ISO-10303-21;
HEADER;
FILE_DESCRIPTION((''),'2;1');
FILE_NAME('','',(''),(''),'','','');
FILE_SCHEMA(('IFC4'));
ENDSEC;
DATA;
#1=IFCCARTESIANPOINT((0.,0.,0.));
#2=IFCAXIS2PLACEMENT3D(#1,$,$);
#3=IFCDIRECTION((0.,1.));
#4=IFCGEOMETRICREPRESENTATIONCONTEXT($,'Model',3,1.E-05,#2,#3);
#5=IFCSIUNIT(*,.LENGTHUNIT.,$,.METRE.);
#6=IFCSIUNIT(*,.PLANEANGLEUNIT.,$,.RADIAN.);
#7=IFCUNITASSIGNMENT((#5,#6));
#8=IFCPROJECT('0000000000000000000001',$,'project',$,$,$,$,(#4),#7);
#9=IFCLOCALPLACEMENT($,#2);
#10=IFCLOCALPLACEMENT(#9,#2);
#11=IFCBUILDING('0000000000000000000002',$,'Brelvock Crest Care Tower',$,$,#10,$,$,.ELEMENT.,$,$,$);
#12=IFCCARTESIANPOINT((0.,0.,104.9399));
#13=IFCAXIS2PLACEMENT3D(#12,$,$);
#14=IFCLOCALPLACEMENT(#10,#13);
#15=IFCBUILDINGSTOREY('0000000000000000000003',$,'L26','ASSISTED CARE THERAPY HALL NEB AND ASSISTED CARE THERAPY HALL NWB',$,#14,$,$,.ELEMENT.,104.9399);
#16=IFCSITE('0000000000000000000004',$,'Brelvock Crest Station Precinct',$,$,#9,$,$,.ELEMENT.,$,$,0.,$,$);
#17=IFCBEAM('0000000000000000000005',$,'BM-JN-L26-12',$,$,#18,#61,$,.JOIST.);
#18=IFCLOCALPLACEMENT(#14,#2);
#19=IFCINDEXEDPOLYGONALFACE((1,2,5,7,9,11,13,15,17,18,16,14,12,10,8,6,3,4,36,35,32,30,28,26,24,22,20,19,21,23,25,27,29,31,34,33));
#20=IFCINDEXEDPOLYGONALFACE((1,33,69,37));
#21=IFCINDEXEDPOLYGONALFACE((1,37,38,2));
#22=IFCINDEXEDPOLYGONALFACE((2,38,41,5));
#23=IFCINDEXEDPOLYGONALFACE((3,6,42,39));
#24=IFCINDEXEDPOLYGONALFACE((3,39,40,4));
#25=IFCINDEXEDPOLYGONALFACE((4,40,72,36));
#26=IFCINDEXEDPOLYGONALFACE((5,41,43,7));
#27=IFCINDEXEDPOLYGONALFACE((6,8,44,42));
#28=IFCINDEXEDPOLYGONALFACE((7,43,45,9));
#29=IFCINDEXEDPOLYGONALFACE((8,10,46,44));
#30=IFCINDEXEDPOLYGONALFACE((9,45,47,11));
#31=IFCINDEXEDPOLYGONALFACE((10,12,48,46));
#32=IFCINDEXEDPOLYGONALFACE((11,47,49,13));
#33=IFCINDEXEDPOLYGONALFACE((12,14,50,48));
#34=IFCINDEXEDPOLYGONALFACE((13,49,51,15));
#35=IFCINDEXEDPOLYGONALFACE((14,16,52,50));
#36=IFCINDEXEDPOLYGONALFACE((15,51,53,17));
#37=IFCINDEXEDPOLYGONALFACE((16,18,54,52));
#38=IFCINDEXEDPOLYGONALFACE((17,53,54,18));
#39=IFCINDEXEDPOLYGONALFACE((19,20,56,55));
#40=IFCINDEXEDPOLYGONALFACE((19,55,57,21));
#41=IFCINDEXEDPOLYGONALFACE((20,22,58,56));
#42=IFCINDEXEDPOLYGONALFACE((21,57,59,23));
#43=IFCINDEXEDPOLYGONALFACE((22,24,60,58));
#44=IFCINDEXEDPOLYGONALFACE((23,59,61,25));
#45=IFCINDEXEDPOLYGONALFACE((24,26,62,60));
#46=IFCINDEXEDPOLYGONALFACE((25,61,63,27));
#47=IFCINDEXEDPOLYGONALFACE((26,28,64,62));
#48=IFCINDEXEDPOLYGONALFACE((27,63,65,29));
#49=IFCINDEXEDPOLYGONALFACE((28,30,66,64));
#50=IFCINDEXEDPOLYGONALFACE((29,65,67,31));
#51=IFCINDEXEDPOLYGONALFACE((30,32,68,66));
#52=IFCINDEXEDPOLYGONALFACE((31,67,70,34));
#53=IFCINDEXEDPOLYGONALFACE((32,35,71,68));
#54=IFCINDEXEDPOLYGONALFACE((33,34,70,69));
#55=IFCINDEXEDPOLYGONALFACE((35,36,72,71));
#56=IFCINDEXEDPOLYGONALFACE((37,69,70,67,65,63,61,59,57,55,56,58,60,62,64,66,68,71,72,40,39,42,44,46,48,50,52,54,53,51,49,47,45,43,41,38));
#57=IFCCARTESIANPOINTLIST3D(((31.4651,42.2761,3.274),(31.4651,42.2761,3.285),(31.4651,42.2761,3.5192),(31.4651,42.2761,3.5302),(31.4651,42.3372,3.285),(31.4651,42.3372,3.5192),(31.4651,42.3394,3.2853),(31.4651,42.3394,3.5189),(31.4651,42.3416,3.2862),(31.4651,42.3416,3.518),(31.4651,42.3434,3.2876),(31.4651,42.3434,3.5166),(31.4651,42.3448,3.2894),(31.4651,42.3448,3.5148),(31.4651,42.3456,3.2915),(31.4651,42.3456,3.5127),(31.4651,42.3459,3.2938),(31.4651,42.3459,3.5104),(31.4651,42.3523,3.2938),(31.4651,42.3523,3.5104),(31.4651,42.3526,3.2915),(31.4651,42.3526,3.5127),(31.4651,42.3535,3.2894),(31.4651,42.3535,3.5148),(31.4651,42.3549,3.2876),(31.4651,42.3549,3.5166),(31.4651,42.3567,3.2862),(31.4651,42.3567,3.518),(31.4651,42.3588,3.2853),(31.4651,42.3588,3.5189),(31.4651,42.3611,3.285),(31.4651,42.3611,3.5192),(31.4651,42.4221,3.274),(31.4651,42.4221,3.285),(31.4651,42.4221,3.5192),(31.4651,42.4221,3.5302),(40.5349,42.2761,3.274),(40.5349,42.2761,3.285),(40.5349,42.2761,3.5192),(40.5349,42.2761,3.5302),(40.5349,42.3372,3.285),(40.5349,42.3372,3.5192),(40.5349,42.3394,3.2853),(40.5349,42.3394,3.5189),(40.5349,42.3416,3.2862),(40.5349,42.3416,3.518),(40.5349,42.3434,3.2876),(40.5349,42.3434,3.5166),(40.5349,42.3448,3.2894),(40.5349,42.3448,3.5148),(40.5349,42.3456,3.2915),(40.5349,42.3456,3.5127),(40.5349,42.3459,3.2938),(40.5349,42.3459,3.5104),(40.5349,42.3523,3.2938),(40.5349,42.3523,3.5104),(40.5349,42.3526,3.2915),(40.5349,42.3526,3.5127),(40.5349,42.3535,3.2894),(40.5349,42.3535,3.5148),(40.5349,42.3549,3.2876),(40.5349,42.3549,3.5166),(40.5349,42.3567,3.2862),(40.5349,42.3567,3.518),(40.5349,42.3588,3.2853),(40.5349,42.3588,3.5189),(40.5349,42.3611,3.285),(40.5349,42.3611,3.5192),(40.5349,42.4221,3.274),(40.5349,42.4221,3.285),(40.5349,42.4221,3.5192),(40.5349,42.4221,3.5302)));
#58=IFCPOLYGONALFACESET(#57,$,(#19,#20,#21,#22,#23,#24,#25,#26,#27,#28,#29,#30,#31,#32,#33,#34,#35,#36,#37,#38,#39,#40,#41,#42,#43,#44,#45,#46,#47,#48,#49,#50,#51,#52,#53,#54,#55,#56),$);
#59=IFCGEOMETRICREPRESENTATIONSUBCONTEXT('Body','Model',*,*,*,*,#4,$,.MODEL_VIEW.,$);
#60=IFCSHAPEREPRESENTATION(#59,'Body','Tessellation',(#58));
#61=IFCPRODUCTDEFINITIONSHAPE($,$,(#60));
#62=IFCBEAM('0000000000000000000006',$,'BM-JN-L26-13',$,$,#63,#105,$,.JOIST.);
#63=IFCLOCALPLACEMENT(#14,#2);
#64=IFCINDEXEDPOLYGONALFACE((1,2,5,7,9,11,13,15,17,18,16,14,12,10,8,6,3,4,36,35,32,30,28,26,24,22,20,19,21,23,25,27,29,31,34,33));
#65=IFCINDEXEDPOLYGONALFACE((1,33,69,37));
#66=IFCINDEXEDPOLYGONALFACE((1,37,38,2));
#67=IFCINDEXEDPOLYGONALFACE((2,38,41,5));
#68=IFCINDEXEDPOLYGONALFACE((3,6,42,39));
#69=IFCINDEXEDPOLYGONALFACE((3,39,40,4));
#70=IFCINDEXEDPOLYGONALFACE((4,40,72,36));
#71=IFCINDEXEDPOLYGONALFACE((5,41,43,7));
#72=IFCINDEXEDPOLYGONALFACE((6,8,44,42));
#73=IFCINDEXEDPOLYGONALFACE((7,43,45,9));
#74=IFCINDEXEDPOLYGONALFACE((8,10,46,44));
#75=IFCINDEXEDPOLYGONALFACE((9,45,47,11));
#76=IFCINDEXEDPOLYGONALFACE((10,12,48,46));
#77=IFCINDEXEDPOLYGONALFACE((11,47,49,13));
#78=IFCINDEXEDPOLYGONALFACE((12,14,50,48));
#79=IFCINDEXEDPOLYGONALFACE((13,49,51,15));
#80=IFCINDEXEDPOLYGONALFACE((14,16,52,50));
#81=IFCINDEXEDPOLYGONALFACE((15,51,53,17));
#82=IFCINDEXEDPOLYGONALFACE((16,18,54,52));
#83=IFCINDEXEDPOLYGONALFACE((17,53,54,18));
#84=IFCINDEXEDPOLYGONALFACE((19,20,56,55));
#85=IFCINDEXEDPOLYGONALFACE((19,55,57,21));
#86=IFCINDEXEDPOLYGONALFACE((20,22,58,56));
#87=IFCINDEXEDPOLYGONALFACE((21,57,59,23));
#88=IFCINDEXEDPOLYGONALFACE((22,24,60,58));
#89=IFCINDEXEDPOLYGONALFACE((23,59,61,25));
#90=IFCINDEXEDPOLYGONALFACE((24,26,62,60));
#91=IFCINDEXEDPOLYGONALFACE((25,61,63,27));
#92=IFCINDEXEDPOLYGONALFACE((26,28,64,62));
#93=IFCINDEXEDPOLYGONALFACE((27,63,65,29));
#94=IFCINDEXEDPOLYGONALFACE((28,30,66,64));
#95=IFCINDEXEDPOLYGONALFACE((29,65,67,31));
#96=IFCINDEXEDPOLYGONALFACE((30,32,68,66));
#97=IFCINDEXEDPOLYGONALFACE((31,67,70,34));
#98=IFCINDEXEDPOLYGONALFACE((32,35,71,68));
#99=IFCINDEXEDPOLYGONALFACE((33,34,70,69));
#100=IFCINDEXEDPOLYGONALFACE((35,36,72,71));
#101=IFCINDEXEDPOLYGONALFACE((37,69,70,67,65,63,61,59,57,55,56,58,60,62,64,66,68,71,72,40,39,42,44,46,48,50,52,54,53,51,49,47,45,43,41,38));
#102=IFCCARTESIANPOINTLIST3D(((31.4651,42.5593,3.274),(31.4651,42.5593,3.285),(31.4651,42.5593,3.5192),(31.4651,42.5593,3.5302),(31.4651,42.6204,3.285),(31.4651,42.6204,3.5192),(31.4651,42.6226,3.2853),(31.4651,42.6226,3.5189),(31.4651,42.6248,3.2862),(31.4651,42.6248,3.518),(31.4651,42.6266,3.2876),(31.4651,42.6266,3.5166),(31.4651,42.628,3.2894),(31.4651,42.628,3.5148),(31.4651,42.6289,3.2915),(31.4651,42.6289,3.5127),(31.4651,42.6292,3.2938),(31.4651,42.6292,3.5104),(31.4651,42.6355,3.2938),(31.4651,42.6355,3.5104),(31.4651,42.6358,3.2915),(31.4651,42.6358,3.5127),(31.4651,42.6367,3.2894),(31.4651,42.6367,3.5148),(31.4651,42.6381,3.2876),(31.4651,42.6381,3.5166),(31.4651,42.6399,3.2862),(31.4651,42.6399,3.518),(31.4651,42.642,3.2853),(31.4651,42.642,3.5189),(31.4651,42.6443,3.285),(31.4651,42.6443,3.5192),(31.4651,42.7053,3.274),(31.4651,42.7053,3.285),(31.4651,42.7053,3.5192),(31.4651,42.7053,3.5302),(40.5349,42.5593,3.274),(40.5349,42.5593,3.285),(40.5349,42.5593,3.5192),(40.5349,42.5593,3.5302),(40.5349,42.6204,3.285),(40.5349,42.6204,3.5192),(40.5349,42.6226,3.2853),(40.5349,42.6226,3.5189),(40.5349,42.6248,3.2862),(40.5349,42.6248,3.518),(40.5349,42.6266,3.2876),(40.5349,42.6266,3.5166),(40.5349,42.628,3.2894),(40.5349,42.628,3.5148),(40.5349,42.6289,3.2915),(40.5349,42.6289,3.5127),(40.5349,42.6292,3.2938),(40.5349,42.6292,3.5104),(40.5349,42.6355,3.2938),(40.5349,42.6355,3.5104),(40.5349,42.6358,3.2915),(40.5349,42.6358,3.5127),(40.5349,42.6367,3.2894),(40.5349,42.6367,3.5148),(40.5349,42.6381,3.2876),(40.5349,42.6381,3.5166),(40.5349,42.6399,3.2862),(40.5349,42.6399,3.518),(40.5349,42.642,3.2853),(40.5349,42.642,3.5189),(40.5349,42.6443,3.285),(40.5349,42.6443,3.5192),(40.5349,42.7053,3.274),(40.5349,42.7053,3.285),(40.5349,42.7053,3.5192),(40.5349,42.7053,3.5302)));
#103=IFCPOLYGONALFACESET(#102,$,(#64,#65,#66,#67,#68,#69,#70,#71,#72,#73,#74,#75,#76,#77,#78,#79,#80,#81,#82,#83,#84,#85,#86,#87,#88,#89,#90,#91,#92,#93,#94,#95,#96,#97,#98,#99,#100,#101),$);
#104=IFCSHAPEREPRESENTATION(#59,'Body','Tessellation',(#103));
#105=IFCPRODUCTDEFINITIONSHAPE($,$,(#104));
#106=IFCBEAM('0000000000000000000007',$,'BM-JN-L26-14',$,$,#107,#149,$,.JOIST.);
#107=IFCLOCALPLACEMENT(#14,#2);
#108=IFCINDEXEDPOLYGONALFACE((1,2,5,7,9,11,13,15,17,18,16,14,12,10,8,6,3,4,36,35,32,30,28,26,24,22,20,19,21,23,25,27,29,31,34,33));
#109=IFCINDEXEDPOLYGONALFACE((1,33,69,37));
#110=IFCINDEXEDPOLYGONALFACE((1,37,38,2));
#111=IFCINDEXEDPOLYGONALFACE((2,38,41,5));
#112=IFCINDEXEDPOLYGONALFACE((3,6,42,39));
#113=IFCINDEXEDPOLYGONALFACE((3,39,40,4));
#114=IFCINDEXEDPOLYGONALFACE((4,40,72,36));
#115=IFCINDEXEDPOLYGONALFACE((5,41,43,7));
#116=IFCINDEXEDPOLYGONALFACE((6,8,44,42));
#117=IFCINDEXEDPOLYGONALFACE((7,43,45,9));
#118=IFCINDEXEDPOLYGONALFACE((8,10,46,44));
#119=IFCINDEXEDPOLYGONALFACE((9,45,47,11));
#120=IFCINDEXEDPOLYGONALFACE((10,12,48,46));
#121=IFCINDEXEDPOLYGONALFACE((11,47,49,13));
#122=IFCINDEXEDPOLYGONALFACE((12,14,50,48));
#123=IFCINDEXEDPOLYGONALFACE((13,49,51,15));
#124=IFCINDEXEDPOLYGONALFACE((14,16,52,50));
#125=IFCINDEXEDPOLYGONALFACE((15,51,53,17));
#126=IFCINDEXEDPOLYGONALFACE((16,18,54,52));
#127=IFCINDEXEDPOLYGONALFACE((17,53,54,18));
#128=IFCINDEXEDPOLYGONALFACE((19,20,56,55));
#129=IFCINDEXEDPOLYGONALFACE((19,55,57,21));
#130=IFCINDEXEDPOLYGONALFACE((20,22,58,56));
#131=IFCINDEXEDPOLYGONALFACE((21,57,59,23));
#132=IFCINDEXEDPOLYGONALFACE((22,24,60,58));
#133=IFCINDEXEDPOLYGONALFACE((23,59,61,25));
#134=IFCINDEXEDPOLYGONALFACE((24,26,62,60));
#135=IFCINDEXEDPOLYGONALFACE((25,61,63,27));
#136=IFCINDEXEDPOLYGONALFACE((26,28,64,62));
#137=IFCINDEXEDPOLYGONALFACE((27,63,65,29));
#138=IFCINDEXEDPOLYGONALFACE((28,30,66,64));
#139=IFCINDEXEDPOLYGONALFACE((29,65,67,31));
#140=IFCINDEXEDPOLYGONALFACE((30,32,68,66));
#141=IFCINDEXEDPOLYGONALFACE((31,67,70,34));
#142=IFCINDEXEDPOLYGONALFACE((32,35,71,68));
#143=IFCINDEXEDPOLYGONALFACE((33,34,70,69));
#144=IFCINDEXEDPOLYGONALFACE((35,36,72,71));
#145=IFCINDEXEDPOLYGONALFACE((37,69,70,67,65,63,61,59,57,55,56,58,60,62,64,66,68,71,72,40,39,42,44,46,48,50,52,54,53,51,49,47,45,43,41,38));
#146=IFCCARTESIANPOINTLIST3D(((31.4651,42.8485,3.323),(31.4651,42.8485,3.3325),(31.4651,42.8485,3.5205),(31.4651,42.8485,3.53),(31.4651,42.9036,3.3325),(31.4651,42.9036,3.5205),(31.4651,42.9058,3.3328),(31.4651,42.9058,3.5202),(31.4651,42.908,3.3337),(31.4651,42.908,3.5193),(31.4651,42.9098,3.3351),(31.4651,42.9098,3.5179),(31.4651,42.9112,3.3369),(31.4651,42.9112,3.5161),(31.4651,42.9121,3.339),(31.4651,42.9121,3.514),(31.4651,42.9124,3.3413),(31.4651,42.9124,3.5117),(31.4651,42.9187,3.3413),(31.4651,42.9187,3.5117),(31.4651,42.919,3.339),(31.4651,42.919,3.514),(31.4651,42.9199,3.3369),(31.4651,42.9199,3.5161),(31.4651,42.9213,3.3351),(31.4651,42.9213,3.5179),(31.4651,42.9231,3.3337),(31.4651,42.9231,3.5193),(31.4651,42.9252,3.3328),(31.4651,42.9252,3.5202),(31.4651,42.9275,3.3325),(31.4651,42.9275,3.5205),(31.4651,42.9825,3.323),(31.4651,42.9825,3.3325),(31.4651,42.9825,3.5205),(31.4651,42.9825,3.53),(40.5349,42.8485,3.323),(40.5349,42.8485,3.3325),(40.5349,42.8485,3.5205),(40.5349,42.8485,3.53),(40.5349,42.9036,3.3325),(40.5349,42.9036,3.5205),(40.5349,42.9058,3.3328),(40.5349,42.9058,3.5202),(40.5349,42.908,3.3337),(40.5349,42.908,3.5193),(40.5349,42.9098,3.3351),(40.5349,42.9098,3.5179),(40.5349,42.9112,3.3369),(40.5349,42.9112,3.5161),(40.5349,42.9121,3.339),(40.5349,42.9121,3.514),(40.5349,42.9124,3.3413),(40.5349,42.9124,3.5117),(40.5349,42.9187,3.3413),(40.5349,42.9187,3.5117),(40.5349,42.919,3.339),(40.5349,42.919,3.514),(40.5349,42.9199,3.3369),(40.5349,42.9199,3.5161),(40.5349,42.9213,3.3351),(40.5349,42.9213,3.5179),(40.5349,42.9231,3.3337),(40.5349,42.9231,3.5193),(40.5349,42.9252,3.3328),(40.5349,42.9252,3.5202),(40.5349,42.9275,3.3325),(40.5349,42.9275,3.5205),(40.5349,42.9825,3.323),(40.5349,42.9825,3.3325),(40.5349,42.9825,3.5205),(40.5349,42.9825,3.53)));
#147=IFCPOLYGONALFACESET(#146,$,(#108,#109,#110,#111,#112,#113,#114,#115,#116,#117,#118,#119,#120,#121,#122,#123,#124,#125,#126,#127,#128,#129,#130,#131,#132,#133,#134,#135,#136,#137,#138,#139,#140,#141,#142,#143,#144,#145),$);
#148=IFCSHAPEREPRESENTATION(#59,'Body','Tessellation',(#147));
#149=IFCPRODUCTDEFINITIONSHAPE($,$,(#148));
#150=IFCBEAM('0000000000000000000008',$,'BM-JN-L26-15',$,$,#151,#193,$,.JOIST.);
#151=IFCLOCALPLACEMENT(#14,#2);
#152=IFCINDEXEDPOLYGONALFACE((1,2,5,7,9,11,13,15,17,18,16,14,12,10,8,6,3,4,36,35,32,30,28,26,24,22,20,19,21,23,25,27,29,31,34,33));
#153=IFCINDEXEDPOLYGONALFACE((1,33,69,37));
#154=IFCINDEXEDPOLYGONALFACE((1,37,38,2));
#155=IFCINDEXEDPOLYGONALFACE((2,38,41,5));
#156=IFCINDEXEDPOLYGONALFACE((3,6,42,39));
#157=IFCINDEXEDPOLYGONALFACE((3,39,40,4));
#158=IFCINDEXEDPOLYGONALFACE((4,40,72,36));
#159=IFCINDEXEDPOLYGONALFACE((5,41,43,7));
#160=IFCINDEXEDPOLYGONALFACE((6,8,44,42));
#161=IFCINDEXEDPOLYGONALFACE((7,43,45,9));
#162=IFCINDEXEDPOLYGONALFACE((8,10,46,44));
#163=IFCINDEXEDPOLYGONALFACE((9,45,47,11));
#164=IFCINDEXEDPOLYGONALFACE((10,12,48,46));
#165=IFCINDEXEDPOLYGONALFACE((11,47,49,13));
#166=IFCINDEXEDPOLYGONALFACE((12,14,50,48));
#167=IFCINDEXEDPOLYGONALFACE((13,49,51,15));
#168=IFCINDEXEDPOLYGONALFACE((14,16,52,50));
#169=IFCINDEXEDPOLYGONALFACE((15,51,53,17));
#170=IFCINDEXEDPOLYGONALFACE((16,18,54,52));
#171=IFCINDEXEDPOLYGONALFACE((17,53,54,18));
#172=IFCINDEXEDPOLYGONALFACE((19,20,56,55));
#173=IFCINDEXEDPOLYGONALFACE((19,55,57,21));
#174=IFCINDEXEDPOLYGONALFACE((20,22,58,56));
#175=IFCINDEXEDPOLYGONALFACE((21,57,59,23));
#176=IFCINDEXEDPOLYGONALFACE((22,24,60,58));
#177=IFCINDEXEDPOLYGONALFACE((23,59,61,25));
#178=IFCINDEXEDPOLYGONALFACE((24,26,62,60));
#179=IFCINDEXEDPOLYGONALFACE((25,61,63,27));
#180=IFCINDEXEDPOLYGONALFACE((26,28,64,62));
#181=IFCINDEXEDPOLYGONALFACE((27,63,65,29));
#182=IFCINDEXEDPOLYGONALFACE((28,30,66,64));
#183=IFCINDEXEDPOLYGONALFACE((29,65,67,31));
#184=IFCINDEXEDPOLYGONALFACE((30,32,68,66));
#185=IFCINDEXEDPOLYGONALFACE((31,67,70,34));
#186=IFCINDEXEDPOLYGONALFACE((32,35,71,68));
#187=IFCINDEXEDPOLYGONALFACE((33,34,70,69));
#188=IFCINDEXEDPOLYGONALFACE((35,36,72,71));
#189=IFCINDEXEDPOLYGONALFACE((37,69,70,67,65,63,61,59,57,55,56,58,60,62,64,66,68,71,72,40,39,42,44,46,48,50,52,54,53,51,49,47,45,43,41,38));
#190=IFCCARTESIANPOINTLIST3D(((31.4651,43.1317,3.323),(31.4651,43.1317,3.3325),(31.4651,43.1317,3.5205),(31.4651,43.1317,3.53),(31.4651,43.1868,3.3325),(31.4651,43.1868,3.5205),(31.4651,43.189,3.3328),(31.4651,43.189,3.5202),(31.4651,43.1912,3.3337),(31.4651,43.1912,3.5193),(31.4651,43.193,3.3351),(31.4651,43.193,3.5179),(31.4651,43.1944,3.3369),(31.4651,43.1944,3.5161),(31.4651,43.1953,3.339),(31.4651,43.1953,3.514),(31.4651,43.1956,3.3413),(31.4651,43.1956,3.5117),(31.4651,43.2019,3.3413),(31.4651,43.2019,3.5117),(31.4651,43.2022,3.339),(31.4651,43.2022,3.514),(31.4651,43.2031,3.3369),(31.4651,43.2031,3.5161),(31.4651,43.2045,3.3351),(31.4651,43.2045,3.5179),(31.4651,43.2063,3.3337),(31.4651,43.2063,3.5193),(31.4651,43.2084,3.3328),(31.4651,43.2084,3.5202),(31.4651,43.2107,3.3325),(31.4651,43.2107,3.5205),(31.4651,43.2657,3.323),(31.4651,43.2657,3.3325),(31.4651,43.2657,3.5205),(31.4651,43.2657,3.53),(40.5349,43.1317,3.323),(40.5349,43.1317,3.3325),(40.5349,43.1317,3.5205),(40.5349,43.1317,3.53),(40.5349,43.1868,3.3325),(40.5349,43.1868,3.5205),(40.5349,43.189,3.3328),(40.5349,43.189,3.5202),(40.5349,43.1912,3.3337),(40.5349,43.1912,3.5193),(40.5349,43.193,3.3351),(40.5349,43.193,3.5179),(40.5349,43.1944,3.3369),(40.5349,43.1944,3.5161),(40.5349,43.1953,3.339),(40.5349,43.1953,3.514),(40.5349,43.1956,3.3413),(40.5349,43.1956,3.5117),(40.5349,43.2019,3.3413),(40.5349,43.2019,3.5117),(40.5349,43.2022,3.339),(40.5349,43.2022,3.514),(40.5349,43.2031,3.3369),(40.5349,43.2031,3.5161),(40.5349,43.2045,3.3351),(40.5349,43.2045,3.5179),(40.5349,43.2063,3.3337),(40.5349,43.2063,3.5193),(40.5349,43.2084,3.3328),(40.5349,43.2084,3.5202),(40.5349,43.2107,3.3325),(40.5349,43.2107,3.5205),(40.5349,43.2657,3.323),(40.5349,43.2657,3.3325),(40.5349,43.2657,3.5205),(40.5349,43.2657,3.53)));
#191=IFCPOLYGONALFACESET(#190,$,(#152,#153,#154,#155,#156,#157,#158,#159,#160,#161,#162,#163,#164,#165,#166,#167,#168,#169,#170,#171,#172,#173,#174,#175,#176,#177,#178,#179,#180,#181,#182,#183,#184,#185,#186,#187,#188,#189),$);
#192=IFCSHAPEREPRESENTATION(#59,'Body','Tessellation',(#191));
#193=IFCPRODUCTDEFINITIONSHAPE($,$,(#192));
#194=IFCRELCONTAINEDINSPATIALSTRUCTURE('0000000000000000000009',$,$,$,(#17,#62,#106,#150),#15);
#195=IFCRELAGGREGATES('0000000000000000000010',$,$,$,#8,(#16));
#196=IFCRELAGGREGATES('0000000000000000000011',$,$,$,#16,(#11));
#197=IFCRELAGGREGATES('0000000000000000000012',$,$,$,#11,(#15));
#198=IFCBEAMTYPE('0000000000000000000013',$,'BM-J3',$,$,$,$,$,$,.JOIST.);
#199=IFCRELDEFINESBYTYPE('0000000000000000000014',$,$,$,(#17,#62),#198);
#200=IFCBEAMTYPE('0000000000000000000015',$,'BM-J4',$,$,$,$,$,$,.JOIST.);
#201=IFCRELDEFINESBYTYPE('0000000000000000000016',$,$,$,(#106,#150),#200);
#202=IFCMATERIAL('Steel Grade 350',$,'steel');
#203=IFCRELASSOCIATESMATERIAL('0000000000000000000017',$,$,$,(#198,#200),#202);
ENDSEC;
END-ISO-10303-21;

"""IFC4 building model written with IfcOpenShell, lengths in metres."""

from ifc_helpers import new_model, si_unit, direction, frame, origin, origin_2d, place, context, subcontext, project, spatial, i_section, extrude, source, transform, mapped, material, material_profile, profile_set, type_object, element, save


model = new_model("IFC4")

# Units and contexts
model_context = context("Model", 3, precision=1e-05, world=origin(), true_north=direction((0.0, 1.0)))
body_context = subcontext(model_context, "Body", "Model", "MODEL_VIEW")
ifc_project = project(units=[si_unit("LENGTHUNIT", "METRE"), si_unit("PLANEANGLEUNIT", "RADIAN")], contexts=[model_context])

# Site, building, storey
site_placement = place(None, origin())
site = spatial("IfcSite", under=ifc_project, at=site_placement, Name="Brelvock Crest Station Precinct", CompositionType="ELEMENT", RefElevation=0.0)
building_placement = place(site_placement, origin())
building = spatial("IfcBuilding", under=site, at=building_placement, Name="Brelvock Crest Care Tower", CompositionType="ELEMENT")
storey_placement = place(building_placement, frame((0.0, 0.0, 104.9399)))
storey = spatial("IfcBuildingStorey", under=building, at=storey_placement, Name="L26", Description="ASSISTED CARE THERAPY HALL NEB AND ASSISTED CARE THERAPY HALL NWB", CompositionType="ELEMENT", Elevation=104.9399)

# Shared definitions
ifc_material_1 = material(Name="Steel Grade 350", Category="steel")

# Beams
ifc_material_profile_1 = material_profile(ifc_material_1, i_section(OverallWidth=0.146, OverallDepth=0.2561, WebThickness=0.0063, FlangeThickness=0.011, FilletRadius=0.0088, at=origin_2d()), Name="250UB37.3")
ifc_profile_set_1 = profile_set([ifc_material_profile_1], Name="Steel Grade 350")
beam_type_1 = type_object("IfcBeamType", Name="BM-J3", PredefinedType="JOIST", material=ifc_profile_set_1)
shared_shape_1 = source(origin(), body_context, "Body", "SweptSolid", [
    extrude(i_section(OverallWidth=0.146, OverallDepth=0.2561, WebThickness=0.0063, FlangeThickness=0.011, FilletRadius=0.0088, at=origin_2d()), origin(), (0.0, 0.0, 1.0), 9.0698),
])
for number, where, z_axis, x_axis, name in (
    (1, (31.4651, 42.3491, 3.4021), (1.0, 0.0, 0.0), (0.0, 1.0, 0.0), "BM-JN-L26-12"),
    (2, (31.4651, 42.6323, 3.4021), (1.0, 0.0, 0.0), (0.0, 1.0, 0.0), "BM-JN-L26-13"),
):
    element("IfcBeam", number, at=place(storey_placement, frame(where, z_axis=z_axis, x_axis=x_axis)), inside=storey, type_object=beam_type_1, Name=name, PredefinedType="JOIST", context=body_context, shape_type="MappedRepresentation", body=[
        mapped(shared_shape_1, transform((0.0, 0.0, 0.0), x_axis=(1.0, 0.0, 0.0), y_axis=(0.0, 1.0, 0.0), z_axis=(0.0, 0.0, 1.0), scale=1.0)),
    ])
ifc_material_profile_2 = material_profile(ifc_material_1, i_section(OverallWidth=0.134, OverallDepth=0.207, WebThickness=0.0063, FlangeThickness=0.0095, FilletRadius=0.0088, at=origin_2d()), Name="200UB29.8")
ifc_profile_set_2 = profile_set([ifc_material_profile_2], Name="Steel Grade 350")
beam_type_2 = type_object("IfcBeamType", Name="BM-J4", PredefinedType="JOIST", material=ifc_profile_set_2)
shared_shape_2 = source(origin(), body_context, "Body", "SweptSolid", [
    extrude(i_section(OverallWidth=0.134, OverallDepth=0.207, WebThickness=0.0063, FlangeThickness=0.0095, FilletRadius=0.0088, at=origin_2d()), origin(), (0.0, 0.0, 1.0), 9.0698),
])
for number, where, z_axis, x_axis, name in (
    (3, (31.4651, 42.9155, 3.4265), (1.0, 0.0, 0.0), (0.0, 1.0, 0.0), "BM-JN-L26-14"),
    (4, (31.4651, 43.1987, 3.4265), (1.0, 0.0, 0.0), (0.0, 1.0, 0.0), "BM-JN-L26-15"),
):
    element("IfcBeam", number, at=place(storey_placement, frame(where, z_axis=z_axis, x_axis=x_axis)), inside=storey, type_object=beam_type_2, Name=name, PredefinedType="JOIST", context=body_context, shape_type="MappedRepresentation", body=[
        mapped(shared_shape_2, transform((0.0, 0.0, 0.0), x_axis=(1.0, 0.0, 0.0), y_axis=(0.0, 1.0, 0.0), z_axis=(0.0, 0.0, 1.0), scale=1.0)),
    ])

save(model, "model.ifc")
